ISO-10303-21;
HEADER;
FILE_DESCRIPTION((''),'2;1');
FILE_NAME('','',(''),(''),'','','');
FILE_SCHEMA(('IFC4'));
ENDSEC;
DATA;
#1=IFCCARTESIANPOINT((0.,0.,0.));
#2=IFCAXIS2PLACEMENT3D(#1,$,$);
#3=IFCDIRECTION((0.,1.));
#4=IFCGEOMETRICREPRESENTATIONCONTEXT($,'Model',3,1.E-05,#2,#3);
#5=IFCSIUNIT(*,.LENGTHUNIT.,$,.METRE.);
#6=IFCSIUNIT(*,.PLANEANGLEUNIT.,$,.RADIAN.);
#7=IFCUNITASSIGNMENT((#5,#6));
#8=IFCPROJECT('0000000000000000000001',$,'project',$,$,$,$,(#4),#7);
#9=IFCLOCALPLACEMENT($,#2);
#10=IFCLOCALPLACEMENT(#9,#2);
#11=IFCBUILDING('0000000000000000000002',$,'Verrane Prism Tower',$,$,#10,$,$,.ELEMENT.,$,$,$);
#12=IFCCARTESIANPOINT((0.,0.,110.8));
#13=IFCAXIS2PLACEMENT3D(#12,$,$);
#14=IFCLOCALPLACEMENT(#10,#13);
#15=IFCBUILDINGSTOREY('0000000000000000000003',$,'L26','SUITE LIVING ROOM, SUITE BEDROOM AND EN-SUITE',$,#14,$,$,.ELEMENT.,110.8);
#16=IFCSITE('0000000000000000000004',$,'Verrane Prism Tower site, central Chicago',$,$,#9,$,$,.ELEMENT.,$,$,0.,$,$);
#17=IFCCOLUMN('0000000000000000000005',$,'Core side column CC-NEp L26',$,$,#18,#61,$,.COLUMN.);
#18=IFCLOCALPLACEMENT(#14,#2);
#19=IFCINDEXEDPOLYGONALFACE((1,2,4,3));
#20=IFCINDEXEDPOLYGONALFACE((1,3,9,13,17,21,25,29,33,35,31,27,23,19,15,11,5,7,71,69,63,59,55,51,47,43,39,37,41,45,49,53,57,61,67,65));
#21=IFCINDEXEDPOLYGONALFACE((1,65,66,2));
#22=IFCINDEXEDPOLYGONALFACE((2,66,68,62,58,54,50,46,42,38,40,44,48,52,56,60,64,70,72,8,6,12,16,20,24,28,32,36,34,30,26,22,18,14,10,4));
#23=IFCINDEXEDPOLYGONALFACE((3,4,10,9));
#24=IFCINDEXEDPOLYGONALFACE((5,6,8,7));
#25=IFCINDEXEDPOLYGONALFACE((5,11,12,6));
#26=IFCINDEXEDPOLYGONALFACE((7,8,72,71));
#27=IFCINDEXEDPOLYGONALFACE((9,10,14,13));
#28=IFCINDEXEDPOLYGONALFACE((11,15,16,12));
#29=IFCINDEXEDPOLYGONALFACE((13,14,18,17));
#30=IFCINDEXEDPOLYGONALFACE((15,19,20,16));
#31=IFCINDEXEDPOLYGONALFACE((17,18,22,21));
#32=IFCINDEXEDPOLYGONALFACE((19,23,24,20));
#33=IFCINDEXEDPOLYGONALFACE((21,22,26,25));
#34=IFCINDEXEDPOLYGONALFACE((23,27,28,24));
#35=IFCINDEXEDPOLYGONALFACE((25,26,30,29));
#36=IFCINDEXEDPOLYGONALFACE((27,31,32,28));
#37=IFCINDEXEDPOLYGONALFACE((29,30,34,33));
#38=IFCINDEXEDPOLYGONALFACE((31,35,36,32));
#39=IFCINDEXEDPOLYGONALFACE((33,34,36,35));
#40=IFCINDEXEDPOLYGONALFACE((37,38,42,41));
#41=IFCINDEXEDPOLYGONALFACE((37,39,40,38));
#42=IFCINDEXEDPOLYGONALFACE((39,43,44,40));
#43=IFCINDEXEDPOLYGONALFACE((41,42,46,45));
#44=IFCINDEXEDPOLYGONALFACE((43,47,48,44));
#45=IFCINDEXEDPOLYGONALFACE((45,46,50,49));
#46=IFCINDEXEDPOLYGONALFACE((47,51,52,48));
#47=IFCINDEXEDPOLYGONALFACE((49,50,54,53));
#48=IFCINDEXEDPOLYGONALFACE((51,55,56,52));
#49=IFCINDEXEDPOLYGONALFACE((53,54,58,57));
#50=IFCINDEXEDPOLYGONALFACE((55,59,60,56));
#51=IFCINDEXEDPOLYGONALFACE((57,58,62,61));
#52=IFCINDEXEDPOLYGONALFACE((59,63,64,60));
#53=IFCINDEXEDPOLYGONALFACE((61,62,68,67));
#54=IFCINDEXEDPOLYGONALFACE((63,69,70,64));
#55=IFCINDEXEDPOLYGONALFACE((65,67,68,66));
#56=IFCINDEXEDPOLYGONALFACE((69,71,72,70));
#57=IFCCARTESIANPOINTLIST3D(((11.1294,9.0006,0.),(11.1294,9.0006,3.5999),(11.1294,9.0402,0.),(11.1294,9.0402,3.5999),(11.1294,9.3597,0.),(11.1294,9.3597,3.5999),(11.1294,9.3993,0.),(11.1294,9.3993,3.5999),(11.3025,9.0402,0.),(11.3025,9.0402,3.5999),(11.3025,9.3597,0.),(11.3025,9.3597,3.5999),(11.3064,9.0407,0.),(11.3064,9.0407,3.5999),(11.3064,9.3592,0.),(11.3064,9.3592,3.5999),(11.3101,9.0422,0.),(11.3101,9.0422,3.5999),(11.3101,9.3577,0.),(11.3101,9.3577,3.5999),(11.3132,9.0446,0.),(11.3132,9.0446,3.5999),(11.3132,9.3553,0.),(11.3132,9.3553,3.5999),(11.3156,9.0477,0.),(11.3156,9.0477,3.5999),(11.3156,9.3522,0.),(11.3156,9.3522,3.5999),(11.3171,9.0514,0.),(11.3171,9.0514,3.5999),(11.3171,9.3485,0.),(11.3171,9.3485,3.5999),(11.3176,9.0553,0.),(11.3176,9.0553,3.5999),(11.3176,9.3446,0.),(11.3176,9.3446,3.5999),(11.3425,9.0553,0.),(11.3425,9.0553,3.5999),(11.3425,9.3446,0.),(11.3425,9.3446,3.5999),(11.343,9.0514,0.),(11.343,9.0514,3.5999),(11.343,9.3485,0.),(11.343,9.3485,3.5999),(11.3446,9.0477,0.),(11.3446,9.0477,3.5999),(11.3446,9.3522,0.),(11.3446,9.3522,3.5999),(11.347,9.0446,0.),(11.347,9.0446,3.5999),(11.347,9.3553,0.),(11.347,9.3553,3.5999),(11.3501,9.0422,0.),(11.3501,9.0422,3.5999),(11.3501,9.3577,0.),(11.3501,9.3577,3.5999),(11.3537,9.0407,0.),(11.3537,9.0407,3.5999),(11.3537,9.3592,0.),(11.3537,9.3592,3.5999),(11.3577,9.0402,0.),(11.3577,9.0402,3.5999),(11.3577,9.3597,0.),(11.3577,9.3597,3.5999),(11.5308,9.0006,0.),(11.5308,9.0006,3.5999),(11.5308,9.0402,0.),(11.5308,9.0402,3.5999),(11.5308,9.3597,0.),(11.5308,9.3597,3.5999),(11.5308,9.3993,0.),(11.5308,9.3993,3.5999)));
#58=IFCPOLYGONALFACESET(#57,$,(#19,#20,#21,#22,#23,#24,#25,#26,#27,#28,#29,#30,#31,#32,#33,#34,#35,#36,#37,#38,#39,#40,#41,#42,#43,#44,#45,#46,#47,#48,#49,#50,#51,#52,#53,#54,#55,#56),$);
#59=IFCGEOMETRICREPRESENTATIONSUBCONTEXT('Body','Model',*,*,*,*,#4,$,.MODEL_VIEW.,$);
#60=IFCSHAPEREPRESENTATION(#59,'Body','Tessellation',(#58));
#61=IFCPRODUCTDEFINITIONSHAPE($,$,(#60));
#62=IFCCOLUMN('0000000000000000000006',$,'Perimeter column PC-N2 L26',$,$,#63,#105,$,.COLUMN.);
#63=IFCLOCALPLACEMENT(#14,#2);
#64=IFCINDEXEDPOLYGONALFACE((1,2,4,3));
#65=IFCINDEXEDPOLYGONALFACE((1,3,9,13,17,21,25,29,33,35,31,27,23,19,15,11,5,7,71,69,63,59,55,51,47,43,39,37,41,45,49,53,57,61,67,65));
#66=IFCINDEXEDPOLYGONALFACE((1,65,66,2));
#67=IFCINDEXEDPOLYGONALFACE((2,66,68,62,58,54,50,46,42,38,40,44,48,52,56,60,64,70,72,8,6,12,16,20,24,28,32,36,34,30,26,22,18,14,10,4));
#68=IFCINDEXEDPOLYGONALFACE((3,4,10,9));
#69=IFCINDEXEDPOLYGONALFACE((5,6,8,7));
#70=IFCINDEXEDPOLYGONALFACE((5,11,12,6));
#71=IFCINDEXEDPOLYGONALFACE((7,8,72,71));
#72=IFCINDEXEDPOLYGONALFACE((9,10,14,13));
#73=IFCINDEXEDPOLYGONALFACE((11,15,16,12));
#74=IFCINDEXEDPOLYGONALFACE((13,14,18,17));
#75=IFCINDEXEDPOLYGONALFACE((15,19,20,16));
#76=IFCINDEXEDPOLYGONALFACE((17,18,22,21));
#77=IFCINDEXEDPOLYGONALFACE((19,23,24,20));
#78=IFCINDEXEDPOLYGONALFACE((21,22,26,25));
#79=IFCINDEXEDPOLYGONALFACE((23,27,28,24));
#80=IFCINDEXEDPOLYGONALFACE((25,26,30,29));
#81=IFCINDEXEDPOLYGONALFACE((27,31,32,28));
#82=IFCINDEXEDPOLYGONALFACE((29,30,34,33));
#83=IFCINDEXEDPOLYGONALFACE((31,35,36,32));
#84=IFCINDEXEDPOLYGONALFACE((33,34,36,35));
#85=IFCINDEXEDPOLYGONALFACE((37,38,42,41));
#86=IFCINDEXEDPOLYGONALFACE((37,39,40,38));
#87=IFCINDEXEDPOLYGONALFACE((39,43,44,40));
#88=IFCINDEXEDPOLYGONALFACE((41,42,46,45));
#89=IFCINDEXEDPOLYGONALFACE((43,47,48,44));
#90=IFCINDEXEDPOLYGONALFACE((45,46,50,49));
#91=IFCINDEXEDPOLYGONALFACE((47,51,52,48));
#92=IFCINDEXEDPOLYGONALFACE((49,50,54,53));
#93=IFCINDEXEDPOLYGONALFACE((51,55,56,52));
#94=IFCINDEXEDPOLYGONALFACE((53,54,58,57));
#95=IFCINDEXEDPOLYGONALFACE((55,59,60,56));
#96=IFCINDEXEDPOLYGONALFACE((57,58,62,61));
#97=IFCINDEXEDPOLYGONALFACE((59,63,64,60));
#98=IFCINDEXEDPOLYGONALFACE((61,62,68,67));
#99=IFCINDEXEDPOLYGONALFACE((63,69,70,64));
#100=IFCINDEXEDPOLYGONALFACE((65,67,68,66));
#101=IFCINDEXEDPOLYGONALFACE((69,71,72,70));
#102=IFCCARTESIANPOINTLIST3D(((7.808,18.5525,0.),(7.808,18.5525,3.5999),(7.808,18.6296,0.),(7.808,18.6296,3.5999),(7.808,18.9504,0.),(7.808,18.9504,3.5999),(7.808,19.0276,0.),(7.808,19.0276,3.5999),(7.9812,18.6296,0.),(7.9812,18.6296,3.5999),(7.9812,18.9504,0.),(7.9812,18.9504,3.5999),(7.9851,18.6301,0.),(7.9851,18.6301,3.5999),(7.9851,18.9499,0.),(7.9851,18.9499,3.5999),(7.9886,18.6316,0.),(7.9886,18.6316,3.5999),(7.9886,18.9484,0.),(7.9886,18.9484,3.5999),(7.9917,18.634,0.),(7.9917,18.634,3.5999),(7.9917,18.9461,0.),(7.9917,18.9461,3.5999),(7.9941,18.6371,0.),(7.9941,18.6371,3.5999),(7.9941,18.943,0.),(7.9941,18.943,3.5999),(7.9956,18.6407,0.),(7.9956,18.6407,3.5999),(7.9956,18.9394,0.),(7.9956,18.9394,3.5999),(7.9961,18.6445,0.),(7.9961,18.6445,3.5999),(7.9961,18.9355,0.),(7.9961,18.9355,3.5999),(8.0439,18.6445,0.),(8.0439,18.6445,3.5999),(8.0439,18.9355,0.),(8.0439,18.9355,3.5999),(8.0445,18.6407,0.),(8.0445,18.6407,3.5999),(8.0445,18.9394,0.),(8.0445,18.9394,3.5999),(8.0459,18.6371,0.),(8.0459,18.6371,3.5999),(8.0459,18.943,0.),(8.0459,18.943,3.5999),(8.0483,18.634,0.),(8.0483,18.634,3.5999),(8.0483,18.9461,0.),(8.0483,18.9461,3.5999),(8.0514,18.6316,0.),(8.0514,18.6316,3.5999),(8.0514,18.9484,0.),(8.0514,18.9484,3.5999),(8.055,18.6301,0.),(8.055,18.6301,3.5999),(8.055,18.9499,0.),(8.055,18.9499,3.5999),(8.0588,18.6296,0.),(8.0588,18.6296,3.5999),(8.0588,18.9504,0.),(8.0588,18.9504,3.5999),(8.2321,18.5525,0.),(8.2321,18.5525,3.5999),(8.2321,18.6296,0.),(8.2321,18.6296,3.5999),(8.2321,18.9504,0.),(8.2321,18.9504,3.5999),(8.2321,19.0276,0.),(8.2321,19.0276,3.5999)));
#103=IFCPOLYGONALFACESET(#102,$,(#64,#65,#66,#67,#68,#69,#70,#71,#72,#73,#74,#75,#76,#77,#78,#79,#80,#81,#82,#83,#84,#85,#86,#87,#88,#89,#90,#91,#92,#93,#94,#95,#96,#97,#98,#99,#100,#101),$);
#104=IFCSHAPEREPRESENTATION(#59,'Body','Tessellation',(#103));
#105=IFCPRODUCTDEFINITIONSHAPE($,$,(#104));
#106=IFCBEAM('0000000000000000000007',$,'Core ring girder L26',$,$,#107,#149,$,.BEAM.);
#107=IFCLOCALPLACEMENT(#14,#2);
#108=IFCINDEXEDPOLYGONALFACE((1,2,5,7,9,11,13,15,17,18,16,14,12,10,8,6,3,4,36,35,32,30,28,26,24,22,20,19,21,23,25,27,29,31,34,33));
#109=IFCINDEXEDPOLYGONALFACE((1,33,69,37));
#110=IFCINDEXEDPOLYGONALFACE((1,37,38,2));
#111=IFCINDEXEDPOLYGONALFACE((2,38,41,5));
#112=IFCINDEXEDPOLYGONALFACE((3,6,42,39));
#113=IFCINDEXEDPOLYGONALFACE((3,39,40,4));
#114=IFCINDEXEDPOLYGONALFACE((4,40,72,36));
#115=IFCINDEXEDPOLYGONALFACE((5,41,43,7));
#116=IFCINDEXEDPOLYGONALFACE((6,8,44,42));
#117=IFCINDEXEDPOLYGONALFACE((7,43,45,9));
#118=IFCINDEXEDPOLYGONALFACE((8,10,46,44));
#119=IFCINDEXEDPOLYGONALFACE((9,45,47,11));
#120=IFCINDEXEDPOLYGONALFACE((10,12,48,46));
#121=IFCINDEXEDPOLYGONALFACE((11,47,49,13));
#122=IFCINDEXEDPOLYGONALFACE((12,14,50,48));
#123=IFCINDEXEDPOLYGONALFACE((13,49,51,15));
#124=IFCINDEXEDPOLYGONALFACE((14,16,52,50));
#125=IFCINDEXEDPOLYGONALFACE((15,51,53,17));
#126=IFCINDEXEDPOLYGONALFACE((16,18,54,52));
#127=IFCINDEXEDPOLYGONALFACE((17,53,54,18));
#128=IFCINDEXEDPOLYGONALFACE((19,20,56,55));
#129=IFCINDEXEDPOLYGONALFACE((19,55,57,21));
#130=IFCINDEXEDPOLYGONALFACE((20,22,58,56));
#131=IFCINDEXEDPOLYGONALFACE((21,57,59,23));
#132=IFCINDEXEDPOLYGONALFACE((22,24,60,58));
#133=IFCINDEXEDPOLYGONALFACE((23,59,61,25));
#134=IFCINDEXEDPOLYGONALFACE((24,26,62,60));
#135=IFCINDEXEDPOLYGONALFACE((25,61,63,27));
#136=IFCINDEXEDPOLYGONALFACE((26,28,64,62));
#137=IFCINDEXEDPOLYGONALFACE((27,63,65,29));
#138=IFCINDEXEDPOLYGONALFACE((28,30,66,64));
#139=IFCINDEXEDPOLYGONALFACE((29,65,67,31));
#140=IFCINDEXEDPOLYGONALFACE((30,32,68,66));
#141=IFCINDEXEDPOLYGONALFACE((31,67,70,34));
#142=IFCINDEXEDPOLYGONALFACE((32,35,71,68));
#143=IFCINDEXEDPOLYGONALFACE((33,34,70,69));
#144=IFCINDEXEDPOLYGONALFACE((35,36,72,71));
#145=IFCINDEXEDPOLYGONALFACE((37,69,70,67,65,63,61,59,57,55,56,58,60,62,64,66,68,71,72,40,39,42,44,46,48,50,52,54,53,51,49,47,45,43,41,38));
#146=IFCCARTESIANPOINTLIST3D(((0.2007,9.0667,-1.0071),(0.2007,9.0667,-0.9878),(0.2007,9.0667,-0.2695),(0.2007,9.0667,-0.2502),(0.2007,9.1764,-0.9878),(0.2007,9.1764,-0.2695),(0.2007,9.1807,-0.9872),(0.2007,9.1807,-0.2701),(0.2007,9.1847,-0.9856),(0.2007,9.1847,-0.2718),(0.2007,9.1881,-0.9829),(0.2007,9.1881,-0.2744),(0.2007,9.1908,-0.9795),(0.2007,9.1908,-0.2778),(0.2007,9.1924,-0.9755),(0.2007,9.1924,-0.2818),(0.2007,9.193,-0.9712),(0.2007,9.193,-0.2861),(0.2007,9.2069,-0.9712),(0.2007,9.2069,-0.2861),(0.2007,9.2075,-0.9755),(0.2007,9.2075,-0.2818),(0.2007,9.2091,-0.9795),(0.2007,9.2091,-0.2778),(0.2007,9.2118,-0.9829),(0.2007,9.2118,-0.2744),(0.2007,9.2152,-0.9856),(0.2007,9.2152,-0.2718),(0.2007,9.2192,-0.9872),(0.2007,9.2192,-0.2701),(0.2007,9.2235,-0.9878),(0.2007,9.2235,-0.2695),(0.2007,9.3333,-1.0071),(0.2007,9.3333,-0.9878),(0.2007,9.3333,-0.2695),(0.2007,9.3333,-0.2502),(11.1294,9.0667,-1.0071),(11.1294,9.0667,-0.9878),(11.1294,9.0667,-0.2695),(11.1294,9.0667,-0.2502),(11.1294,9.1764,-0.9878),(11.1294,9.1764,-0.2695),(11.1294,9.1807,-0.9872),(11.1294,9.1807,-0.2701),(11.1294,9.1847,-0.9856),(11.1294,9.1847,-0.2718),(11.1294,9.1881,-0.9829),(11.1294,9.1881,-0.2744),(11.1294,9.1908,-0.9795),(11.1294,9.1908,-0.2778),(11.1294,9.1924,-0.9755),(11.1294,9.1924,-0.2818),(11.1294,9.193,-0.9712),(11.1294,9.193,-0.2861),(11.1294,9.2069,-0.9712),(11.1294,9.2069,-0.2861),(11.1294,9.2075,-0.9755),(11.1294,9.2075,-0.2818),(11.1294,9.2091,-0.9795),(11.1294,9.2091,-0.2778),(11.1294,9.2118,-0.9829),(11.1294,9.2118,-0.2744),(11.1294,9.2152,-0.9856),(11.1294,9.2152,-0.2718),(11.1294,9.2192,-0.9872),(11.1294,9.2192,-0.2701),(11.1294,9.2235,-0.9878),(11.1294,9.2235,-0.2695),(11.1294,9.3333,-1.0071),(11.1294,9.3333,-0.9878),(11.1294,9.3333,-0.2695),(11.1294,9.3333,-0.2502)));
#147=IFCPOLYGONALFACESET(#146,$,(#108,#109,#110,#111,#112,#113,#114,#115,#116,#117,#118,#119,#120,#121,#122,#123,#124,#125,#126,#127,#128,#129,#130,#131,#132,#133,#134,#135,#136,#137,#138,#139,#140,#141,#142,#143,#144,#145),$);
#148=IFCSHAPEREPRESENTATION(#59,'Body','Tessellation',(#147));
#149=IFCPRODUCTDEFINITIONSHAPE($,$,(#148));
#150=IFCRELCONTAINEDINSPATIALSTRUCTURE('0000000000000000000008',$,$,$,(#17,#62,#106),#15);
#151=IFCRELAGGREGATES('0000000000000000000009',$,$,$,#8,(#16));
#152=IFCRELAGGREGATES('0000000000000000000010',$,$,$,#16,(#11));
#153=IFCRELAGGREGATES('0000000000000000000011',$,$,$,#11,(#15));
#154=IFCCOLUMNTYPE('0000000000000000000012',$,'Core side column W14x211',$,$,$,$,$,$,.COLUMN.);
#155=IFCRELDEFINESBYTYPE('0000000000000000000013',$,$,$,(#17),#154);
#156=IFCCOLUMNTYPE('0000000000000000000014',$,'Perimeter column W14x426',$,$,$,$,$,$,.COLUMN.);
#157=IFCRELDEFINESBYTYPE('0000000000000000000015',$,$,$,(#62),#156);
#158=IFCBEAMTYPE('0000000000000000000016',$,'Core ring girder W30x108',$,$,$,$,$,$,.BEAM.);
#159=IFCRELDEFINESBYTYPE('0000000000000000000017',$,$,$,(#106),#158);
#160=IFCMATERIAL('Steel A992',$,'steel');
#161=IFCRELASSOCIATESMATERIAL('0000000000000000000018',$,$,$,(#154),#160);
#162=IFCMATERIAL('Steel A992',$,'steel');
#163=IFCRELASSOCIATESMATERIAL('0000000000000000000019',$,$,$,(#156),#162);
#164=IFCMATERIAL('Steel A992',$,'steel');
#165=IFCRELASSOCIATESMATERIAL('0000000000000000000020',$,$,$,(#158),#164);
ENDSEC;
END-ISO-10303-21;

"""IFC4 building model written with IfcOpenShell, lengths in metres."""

from ifc_helpers import new_model, si_unit, direction, frame, origin, origin_2d, place, context, subcontext, project, spatial, i_section, extrude, material, material_profile, profile_set, type_object, element, save


model = new_model("IFC4")

# Units and contexts
model_context = context("Model", 3, precision=1e-05, world=origin(), true_north=direction((0.0, 1.0)))
body_context = subcontext(model_context, "Body", "Model", "MODEL_VIEW")
ifc_project = project(units=[si_unit("LENGTHUNIT", "METRE"), si_unit("PLANEANGLEUNIT", "RADIAN")], contexts=[model_context])

# Site, building, storey
site_placement = place(None, origin())
site = spatial("IfcSite", under=ifc_project, at=site_placement, Name="Verrane Prism Tower site, central Chicago", CompositionType="ELEMENT", RefElevation=0.0)
building_placement = place(site_placement, origin())
building = spatial("IfcBuilding", under=site, at=building_placement, Name="Verrane Prism Tower", CompositionType="ELEMENT")
storey_placement = place(building_placement, frame((0.0, 0.0, 110.8)))
storey = spatial("IfcBuildingStorey", under=building, at=storey_placement, Name="L26", Description="SUITE LIVING ROOM, SUITE BEDROOM AND EN-SUITE", CompositionType="ELEMENT", Elevation=110.8)

# Columns
ifc_material_1 = material(Name="Steel A992", Category="steel")
ifc_material_profile_1 = material_profile(ifc_material_1, i_section(OverallWidth=0.4014, OverallDepth=0.3987, WebThickness=0.0249, FlangeThickness=0.0396, FilletRadius=0.0151, at=origin_2d()), Name="W14x211")
ifc_profile_set_1 = profile_set([ifc_material_profile_1], Name="Steel A992")
column_type_1 = type_object("IfcColumnType", Name="Core side column W14x211", PredefinedType="COLUMN", material=ifc_profile_set_1)
column_1_placement = place(storey_placement, frame((11.3301, 9.2, 0.0), z_axis=(0.0, 0.0, 1.0), x_axis=(1.0, 0.0, 0.0)))
element("IfcColumn", 1, at=column_1_placement, inside=storey, type_object=column_type_1, Name="Core side column CC-NEp L26", PredefinedType="COLUMN", context=body_context, shape_type="SweptSolid", body=[
    extrude(i_section(OverallWidth=0.4014, OverallDepth=0.3987, WebThickness=0.0249, FlangeThickness=0.0396, FilletRadius=0.0151, at=origin_2d()), origin(), (0.0, 0.0, 1.0), 3.5999),
])
ifc_material_2 = material(Name="Steel A992", Category="steel")
ifc_material_profile_2 = material_profile(ifc_material_2, i_section(OverallWidth=0.4241, OverallDepth=0.4751, WebThickness=0.0479, FlangeThickness=0.0771, FilletRadius=0.0149, at=origin_2d()), Name="W14x426")
ifc_profile_set_2 = profile_set([ifc_material_profile_2], Name="Steel A992")
column_type_2 = type_object("IfcColumnType", Name="Perimeter column W14x426", PredefinedType="COLUMN", material=ifc_profile_set_2)
column_2_placement = place(storey_placement, frame((8.02, 18.79, 0.0), z_axis=(0.0, 0.0, 1.0), x_axis=(1.0, 0.0, 0.0)))
element("IfcColumn", 2, at=column_2_placement, inside=storey, type_object=column_type_2, Name="Perimeter column PC-N2 L26", PredefinedType="COLUMN", context=body_context, shape_type="SweptSolid", body=[
    extrude(i_section(OverallWidth=0.4241, OverallDepth=0.4751, WebThickness=0.0479, FlangeThickness=0.0771, FilletRadius=0.0149, at=origin_2d()), origin(), (0.0, 0.0, 1.0), 3.5999),
])

# Beam
ifc_material_3 = material(Name="Steel A992", Category="steel")
ifc_material_profile_3 = material_profile(ifc_material_3, i_section(OverallWidth=0.2666, OverallDepth=0.7568, WebThickness=0.0139, FlangeThickness=0.0193, FilletRadius=0.0166, at=origin_2d()), Name="W30x108")
ifc_profile_set_3 = profile_set([ifc_material_profile_3], Name="Steel A992")
beam_type_1 = type_object("IfcBeamType", Name="Core ring girder W30x108", PredefinedType="BEAM", material=ifc_profile_set_3)
beam_1_placement = place(storey_placement, frame((11.1294, 9.2, -0.6287), z_axis=(-1.0, 0.0, 0.0), x_axis=(0.0, -1.0, 0.0)))
element("IfcBeam", 3, at=beam_1_placement, inside=storey, type_object=beam_type_1, Name="Core ring girder L26", PredefinedType="BEAM", context=body_context, shape_type="SweptSolid", body=[
    extrude(i_section(OverallWidth=0.2666, OverallDepth=0.7568, WebThickness=0.0139, FlangeThickness=0.0193, FilletRadius=0.0166, at=origin_2d()), origin(), (0.0, 0.0, 1.0), 10.9287),
])

save(model, "model.ifc")
